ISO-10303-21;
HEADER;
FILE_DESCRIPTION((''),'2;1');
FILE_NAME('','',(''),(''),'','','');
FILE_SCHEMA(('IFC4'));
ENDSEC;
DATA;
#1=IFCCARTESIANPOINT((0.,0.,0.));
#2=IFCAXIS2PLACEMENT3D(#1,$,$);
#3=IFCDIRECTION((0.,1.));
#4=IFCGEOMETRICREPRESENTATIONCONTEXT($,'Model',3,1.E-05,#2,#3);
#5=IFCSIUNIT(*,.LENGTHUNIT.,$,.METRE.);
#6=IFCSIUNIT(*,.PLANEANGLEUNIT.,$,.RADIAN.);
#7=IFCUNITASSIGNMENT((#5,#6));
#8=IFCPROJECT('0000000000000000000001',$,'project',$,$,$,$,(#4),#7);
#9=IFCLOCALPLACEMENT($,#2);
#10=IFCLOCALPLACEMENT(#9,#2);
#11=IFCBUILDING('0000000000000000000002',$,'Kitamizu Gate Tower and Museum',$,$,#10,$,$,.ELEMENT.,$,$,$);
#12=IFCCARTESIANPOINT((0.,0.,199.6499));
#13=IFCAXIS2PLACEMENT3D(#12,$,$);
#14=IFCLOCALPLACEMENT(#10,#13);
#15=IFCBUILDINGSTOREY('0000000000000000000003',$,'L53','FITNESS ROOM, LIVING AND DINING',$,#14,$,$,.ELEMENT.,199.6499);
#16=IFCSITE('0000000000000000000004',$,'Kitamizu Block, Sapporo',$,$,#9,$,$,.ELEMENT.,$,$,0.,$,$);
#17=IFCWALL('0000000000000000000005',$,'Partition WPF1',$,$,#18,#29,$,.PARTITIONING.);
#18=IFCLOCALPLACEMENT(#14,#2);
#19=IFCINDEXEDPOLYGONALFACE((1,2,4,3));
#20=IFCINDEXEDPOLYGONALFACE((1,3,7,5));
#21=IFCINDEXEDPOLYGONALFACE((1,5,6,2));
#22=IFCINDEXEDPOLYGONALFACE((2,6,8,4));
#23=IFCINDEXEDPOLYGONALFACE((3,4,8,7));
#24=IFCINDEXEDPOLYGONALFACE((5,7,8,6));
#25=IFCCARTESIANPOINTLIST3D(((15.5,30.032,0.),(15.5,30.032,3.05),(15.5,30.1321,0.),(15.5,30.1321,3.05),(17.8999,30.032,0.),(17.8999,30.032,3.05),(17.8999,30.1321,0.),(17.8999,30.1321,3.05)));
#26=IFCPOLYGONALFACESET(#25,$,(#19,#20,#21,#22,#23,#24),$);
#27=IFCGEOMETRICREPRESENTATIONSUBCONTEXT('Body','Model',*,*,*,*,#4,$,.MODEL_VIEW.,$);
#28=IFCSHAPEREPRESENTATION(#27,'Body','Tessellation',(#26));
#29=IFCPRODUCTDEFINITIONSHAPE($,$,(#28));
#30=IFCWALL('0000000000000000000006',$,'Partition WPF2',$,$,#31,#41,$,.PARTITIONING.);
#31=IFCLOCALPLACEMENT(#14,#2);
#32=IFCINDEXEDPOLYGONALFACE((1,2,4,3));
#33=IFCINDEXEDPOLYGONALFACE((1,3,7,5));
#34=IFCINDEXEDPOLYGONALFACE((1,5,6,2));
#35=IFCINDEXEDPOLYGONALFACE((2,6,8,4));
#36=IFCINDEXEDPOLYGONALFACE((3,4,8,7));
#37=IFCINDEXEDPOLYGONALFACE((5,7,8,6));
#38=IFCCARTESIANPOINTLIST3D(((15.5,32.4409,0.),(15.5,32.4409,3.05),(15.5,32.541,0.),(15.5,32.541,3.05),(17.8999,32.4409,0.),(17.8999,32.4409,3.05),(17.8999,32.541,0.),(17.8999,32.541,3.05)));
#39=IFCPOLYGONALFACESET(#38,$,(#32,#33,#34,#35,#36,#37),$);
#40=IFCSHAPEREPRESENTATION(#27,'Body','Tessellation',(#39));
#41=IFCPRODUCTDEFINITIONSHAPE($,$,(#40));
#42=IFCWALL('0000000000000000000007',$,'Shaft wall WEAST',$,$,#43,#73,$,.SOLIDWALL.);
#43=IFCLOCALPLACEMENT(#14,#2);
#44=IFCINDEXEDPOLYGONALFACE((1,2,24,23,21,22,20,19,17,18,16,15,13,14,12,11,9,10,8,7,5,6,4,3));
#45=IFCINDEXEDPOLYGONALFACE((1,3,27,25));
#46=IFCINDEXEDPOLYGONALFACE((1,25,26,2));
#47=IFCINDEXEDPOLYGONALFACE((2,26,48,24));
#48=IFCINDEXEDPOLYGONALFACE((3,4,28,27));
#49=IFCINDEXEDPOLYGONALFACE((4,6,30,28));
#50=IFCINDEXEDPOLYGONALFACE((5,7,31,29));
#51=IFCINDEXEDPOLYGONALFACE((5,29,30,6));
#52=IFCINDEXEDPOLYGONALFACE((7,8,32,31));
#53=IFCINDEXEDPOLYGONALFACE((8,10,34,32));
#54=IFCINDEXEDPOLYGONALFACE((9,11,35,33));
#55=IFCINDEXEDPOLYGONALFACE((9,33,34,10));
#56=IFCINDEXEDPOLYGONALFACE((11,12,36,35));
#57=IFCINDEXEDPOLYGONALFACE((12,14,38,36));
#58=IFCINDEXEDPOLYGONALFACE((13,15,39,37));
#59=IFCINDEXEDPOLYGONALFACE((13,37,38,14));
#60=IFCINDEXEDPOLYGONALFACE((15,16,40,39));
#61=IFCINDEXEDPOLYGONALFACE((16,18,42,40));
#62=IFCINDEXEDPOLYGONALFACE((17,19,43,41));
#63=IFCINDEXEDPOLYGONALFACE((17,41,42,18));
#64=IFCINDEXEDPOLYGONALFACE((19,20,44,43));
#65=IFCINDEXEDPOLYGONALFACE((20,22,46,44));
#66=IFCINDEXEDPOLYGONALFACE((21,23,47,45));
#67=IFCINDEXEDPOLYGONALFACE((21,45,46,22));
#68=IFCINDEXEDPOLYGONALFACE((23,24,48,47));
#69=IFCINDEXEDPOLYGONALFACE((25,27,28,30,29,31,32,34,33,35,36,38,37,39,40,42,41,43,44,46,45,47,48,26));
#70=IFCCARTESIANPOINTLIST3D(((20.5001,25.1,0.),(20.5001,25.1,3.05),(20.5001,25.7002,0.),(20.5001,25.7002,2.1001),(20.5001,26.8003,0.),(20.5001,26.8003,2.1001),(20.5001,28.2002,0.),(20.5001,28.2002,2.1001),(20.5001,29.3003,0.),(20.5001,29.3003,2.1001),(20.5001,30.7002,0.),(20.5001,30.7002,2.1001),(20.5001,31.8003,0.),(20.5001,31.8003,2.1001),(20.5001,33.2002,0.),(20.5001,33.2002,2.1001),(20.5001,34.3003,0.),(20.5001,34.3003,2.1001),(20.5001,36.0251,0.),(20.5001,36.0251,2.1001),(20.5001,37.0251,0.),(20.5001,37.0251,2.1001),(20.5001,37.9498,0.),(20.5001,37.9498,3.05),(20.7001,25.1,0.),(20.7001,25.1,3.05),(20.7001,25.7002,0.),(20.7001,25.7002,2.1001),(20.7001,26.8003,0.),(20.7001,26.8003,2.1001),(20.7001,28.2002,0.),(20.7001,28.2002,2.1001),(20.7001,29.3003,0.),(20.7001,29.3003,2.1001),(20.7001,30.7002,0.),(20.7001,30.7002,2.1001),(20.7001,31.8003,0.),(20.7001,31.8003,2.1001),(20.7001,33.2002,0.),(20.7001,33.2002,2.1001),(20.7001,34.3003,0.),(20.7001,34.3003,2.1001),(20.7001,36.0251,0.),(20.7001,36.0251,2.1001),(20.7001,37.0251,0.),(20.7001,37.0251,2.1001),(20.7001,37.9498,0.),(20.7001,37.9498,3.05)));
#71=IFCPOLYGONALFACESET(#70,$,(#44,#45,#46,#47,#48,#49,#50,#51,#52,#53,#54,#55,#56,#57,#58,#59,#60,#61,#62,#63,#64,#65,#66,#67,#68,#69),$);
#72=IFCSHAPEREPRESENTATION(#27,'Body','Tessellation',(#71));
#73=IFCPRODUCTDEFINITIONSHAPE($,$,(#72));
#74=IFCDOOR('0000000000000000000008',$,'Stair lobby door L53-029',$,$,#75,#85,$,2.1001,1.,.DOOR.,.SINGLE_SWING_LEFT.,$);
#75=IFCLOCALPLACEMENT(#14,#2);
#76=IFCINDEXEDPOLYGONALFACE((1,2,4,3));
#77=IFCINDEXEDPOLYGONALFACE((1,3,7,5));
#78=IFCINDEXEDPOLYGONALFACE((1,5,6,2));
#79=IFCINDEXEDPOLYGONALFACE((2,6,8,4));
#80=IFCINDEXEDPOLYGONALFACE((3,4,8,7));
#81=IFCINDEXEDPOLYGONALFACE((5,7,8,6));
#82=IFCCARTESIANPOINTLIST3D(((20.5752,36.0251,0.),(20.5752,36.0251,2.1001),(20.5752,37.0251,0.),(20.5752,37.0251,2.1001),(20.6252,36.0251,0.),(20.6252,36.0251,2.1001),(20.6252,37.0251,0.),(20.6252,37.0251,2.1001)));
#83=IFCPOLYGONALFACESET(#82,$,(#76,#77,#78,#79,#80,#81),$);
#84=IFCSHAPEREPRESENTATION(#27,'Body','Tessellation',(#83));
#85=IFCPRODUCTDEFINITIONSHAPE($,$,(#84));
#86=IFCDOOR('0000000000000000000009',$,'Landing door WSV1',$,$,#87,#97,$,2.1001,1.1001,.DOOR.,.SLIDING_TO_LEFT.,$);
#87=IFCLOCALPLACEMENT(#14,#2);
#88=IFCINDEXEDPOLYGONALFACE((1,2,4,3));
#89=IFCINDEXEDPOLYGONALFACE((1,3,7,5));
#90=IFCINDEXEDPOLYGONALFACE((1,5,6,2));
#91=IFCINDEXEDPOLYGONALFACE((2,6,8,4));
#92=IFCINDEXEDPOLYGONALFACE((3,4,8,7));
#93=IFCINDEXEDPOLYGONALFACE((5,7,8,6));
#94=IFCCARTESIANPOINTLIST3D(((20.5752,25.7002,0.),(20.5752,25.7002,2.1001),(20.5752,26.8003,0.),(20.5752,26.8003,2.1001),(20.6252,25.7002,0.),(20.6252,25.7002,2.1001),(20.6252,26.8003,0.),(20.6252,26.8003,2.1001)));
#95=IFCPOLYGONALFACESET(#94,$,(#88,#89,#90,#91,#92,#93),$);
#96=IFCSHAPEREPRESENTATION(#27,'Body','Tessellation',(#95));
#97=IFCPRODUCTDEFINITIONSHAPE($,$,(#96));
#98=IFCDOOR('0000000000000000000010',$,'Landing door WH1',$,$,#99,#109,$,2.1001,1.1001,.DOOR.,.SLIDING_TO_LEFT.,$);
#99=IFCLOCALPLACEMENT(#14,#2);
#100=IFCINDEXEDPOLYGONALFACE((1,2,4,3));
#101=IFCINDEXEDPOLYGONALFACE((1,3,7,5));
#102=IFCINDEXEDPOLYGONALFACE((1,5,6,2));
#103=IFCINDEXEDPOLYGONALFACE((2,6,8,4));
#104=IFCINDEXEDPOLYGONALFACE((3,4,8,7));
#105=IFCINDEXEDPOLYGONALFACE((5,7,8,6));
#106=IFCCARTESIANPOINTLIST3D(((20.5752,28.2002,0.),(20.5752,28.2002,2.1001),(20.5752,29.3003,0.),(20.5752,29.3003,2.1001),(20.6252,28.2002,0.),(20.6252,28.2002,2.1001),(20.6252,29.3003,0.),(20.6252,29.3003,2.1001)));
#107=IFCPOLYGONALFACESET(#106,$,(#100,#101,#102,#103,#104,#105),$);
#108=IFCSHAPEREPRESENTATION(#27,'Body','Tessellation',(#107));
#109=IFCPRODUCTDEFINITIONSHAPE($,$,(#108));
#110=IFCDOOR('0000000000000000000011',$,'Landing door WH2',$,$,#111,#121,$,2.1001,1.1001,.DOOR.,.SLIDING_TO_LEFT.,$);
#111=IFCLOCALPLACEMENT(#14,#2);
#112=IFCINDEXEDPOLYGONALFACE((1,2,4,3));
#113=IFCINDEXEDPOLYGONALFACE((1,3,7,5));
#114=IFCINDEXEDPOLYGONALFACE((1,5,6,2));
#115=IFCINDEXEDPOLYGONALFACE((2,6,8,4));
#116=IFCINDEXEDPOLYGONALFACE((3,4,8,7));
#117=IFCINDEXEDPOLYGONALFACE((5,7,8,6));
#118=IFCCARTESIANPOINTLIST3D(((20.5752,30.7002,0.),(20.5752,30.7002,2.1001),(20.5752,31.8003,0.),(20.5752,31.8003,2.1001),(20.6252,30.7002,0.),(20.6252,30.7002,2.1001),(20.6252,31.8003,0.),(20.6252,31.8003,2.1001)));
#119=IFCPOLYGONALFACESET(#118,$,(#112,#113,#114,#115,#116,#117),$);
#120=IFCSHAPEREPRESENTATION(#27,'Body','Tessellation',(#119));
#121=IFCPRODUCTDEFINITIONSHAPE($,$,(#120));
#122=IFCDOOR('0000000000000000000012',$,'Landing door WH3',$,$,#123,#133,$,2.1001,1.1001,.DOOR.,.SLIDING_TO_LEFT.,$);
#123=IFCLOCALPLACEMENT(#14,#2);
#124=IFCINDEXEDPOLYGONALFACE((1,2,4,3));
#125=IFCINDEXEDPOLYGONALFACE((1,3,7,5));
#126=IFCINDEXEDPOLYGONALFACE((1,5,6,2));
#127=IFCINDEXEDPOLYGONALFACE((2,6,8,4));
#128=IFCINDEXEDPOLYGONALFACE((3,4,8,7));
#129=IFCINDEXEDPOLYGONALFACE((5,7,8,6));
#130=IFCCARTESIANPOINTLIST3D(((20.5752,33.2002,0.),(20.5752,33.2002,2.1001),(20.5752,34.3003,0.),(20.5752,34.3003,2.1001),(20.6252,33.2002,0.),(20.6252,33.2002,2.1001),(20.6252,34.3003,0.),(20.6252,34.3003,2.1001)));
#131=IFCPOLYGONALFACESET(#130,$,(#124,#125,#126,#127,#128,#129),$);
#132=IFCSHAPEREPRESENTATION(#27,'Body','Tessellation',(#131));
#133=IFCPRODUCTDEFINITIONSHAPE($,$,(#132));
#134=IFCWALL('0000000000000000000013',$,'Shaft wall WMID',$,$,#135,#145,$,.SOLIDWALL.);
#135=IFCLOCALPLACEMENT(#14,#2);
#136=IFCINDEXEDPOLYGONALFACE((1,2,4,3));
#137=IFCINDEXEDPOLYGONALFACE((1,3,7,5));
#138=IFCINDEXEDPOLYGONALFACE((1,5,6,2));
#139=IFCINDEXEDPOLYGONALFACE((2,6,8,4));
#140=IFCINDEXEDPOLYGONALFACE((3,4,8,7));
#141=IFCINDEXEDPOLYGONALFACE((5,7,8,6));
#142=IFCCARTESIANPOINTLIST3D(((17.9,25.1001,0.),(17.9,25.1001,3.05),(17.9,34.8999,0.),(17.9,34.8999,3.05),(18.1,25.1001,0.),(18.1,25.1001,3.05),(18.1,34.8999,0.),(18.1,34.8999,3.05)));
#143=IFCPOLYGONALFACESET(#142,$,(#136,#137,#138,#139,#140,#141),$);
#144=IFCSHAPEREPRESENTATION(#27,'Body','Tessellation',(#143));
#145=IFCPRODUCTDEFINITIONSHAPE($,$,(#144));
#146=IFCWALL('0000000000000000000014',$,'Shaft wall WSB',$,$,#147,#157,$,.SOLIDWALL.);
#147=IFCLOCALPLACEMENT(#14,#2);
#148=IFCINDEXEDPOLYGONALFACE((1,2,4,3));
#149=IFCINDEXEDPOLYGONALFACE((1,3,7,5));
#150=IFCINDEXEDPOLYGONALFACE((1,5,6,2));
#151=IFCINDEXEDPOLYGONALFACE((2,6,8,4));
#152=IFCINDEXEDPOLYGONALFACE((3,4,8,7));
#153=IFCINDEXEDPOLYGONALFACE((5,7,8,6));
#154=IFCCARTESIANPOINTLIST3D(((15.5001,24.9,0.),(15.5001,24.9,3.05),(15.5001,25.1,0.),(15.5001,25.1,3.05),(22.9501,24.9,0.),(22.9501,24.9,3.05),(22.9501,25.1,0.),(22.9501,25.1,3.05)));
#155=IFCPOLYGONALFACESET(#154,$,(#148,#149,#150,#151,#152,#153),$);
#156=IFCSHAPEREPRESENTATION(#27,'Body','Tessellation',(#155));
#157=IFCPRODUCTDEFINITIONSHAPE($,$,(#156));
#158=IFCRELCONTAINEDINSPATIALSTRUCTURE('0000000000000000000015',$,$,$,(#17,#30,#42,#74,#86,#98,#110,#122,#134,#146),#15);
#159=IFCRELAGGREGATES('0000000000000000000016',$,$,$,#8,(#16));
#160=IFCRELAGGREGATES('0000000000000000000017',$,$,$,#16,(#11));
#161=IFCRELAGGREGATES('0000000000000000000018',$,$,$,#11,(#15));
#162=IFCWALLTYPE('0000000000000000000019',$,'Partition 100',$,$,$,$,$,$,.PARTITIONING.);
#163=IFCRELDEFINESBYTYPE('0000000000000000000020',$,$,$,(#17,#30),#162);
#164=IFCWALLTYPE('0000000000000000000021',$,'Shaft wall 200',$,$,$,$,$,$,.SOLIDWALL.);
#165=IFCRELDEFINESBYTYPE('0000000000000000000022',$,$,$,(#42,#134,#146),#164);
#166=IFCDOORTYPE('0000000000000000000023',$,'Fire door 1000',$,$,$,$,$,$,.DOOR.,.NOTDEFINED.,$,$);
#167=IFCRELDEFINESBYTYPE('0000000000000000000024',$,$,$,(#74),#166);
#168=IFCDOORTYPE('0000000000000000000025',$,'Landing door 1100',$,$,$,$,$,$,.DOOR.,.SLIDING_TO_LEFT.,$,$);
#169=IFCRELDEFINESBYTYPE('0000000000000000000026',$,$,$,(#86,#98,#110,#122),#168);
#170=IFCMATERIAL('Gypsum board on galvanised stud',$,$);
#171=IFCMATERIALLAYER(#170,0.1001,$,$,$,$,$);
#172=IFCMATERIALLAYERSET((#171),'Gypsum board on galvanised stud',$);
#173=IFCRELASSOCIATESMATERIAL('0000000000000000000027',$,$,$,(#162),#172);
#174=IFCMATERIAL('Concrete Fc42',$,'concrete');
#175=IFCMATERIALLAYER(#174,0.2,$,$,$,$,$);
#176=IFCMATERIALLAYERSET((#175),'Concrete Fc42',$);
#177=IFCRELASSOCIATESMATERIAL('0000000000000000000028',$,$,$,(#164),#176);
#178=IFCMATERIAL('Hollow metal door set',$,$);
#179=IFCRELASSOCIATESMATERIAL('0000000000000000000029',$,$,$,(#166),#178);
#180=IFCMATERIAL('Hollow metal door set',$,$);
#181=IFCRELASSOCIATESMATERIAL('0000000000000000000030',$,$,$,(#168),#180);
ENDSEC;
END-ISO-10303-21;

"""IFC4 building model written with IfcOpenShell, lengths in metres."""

from ifc_helpers import new_model, si_unit, direction, frame, frame_2d, origin, place, context, subcontext, project, spatial, rectangle, extrude, material, layer, layer_set, type_object, element, fill, save


model = new_model("IFC4")

# Units and contexts
model_context = context("Model", 3, precision=1e-05, world=origin(), true_north=direction((0.0, 1.0)))
body_context = subcontext(model_context, "Body", "Model", "MODEL_VIEW")
ifc_project = project(units=[si_unit("LENGTHUNIT", "METRE"), si_unit("PLANEANGLEUNIT", "RADIAN")], contexts=[model_context])

# Site, building, storey
site_placement = place(None, origin())
site = spatial("IfcSite", under=ifc_project, at=site_placement, Name="Kitamizu Block, Sapporo", CompositionType="ELEMENT", RefElevation=0.0)
building_placement = place(site_placement, origin())
building = spatial("IfcBuilding", under=site, at=building_placement, Name="Kitamizu Gate Tower and Museum", CompositionType="ELEMENT")
storey_placement = place(building_placement, frame((0.0, 0.0, 199.6499)))
storey = spatial("IfcBuildingStorey", under=building, at=storey_placement, Name="L53", Description="FITNESS ROOM, LIVING AND DINING", CompositionType="ELEMENT", Elevation=199.6499)

# Walls
ifc_material_1 = material(Name="Gypsum board on galvanised stud")
ifc_layer_1 = layer(ifc_material_1, 0.1001)
ifc_layer_set_1 = layer_set([ifc_layer_1], Name="Gypsum board on galvanised stud")
wall_type_1 = type_object("IfcWallType", Name="Partition 100", PredefinedType="PARTITIONING", material=ifc_layer_set_1)
for number, where, z_axis, x_axis, name in (
    (1, (15.5, 30.082, 0.0), (0.0, 0.0, 1.0), (1.0, 0.0, 0.0), "Partition WPF1"),
    (2, (15.5, 32.491, 0.0), (0.0, 0.0, 1.0), (1.0, 0.0, 0.0), "Partition WPF2"),
):
    element("IfcWall", number, at=place(storey_placement, frame(where, z_axis=z_axis, x_axis=x_axis)), inside=storey, type_object=wall_type_1, Name=name, PredefinedType="PARTITIONING", context=body_context, shape_type="SweptSolid", body=[
        extrude(rectangle(XDim=2.3999, YDim=0.1001, at=frame_2d((1.2, 0.0))), origin(), (0.0, 0.0, 1.0), 3.05),
    ])

# Wall, openings, doors
ifc_material_2 = material(Name="Concrete Fc42", Category="concrete")
ifc_layer_2 = layer(ifc_material_2, 0.2)
ifc_layer_set_2 = layer_set([ifc_layer_2], Name="Concrete Fc42")
wall_type_2 = type_object("IfcWallType", Name="Shaft wall 200", PredefinedType="SOLIDWALL", material=ifc_layer_set_2)
wall_1_placement = place(storey_placement, frame((20.6001, 25.1001, 0.0), z_axis=(0.0, 0.0, 1.0), x_axis=(0.0, 1.0, 0.0)))
wall_1 = element("IfcWall", 3, at=wall_1_placement, inside=storey, type_object=wall_type_2, Name="Shaft wall WEAST", PredefinedType="SOLIDWALL", context=body_context, shape_type="SweptSolid", body=[
    extrude(rectangle(XDim=12.8499, YDim=0.2, at=frame_2d((6.4248, 0.0))), origin(), (0.0, 0.0, 1.0), 3.05),
])
opening_1_placement = place(wall_1_placement, frame((0.6001, 0.0, 0.0)))
opening_1 = element("IfcOpeningElement", 4, at=opening_1_placement, cuts=wall_1, PredefinedType="OPENING", context=body_context, shape_type="SweptSolid", body=[
    extrude(rectangle(XDim=1.1001, YDim=2.1001, at=frame_2d((0.55, 1.05))), frame((0.0, 0.1099, 0.0), z_axis=(0.0, -1.0, 0.0), x_axis=(1.0, 0.0, 0.0)), (0.0, 0.0, 1.0), 0.22),
])
opening_2_placement = place(wall_1_placement, frame((3.1001, 0.0, 0.0)))
opening_2 = element("IfcOpeningElement", 5, at=opening_2_placement, cuts=wall_1, PredefinedType="OPENING", context=body_context, shape_type="SweptSolid", body=[
    extrude(rectangle(XDim=1.1001, YDim=2.1001, at=frame_2d((0.55, 1.05))), frame((0.0, 0.1099, 0.0), z_axis=(0.0, -1.0, 0.0), x_axis=(1.0, 0.0, 0.0)), (0.0, 0.0, 1.0), 0.22),
])
opening_3_placement = place(wall_1_placement, frame((5.6001, 0.0, 0.0)))
opening_3 = element("IfcOpeningElement", 6, at=opening_3_placement, cuts=wall_1, PredefinedType="OPENING", context=body_context, shape_type="SweptSolid", body=[
    extrude(rectangle(XDim=1.1001, YDim=2.1001, at=frame_2d((0.55, 1.05))), frame((0.0, 0.1099, 0.0), z_axis=(0.0, -1.0, 0.0), x_axis=(1.0, 0.0, 0.0)), (0.0, 0.0, 1.0), 0.22),
])
opening_4_placement = place(wall_1_placement, frame((8.1001, 0.0, 0.0)))
opening_4 = element("IfcOpeningElement", 7, at=opening_4_placement, cuts=wall_1, PredefinedType="OPENING", context=body_context, shape_type="SweptSolid", body=[
    extrude(rectangle(XDim=1.1001, YDim=2.1001, at=frame_2d((0.55, 1.05))), frame((0.0, 0.1099, 0.0), z_axis=(0.0, -1.0, 0.0), x_axis=(1.0, 0.0, 0.0)), (0.0, 0.0, 1.0), 0.22),
])
opening_5_placement = place(wall_1_placement, frame((10.925, 0.0, 0.0)))
opening_5 = element("IfcOpeningElement", 8, at=opening_5_placement, cuts=wall_1, PredefinedType="OPENING", context=body_context, shape_type="SweptSolid", body=[
    extrude(rectangle(XDim=1.0, YDim=2.1001, at=frame_2d((0.5, 1.05))), frame((0.0, 0.1099, 0.0), z_axis=(0.0, -1.0, 0.0), x_axis=(1.0, 0.0, 0.0)), (0.0, 0.0, 1.0), 0.22),
])
ifc_material_3 = material(Name="Hollow metal door set")
door_type_1 = type_object("IfcDoorType", Name="Fire door 1000", OperationType="NOTDEFINED", PredefinedType="DOOR", material=ifc_material_3)
door_1_placement = place(opening_5_placement, origin())
door_1 = element("IfcDoor", 9, at=door_1_placement, inside=storey, type_object=door_type_1, Name="Stair lobby door L53-029", OperationType="SINGLE_SWING_LEFT", OverallHeight=2.1001, OverallWidth=1.0, PredefinedType="DOOR", context=body_context, shape_type="SweptSolid", body=[
    extrude(rectangle(XDim=1.0, YDim=2.1001, at=frame_2d((0.5, 1.05))), frame((0.0, 0.0249, 0.0), z_axis=(0.0, -1.0, 0.0), x_axis=(1.0, 0.0, 0.0)), (0.0, 0.0, 1.0), 0.05),
])
fill(opening_5, door_1)
ifc_material_4 = material(Name="Hollow metal door set")
door_type_2 = type_object("IfcDoorType", Name="Landing door 1100", OperationType="SLIDING_TO_LEFT", PredefinedType="DOOR", material=ifc_material_4)
door_2_placement = place(opening_1_placement, origin())
door_2 = element("IfcDoor", 10, at=door_2_placement, inside=storey, type_object=door_type_2, Name="Landing door WSV1", OperationType="SLIDING_TO_LEFT", OverallHeight=2.1001, OverallWidth=1.1001, PredefinedType="DOOR", context=body_context, shape_type="SweptSolid", body=[
    extrude(rectangle(XDim=1.1001, YDim=2.1001, at=frame_2d((0.55, 1.05))), frame((0.0, 0.0249, 0.0), z_axis=(0.0, -1.0, 0.0), x_axis=(1.0, 0.0, 0.0)), (0.0, 0.0, 1.0), 0.05),
])
fill(opening_1, door_2)
door_3_placement = place(opening_2_placement, origin())
door_3 = element("IfcDoor", 11, at=door_3_placement, inside=storey, type_object=door_type_2, Name="Landing door WH1", OperationType="SLIDING_TO_LEFT", OverallHeight=2.1001, OverallWidth=1.1001, PredefinedType="DOOR", context=body_context, shape_type="SweptSolid", body=[
    extrude(rectangle(XDim=1.1001, YDim=2.1001, at=frame_2d((0.55, 1.05))), frame((0.0, 0.0249, 0.0), z_axis=(0.0, -1.0, 0.0), x_axis=(1.0, 0.0, 0.0)), (0.0, 0.0, 1.0), 0.05),
])
fill(opening_2, door_3)
door_4_placement = place(opening_3_placement, origin())
door_4 = element("IfcDoor", 12, at=door_4_placement, inside=storey, type_object=door_type_2, Name="Landing door WH2", OperationType="SLIDING_TO_LEFT", OverallHeight=2.1001, OverallWidth=1.1001, PredefinedType="DOOR", context=body_context, shape_type="SweptSolid", body=[
    extrude(rectangle(XDim=1.1001, YDim=2.1001, at=frame_2d((0.55, 1.05))), frame((0.0, 0.0249, 0.0), z_axis=(0.0, -1.0, 0.0), x_axis=(1.0, 0.0, 0.0)), (0.0, 0.0, 1.0), 0.05),
])
fill(opening_3, door_4)
door_5_placement = place(opening_4_placement, origin())
door_5 = element("IfcDoor", 13, at=door_5_placement, inside=storey, type_object=door_type_2, Name="Landing door WH3", OperationType="SLIDING_TO_LEFT", OverallHeight=2.1001, OverallWidth=1.1001, PredefinedType="DOOR", context=body_context, shape_type="SweptSolid", body=[
    extrude(rectangle(XDim=1.1001, YDim=2.1001, at=frame_2d((0.55, 1.05))), frame((0.0, 0.0249, 0.0), z_axis=(0.0, -1.0, 0.0), x_axis=(1.0, 0.0, 0.0)), (0.0, 0.0, 1.0), 0.05),
])
fill(opening_4, door_5)

# Walls
wall_2_placement = place(storey_placement, frame((18.0, 25.1001, 0.0), z_axis=(0.0, 0.0, 1.0), x_axis=(0.0, 1.0, 0.0)))
element("IfcWall", 14, at=wall_2_placement, inside=storey, type_object=wall_type_2, Name="Shaft wall WMID", PredefinedType="SOLIDWALL", context=body_context, shape_type="SweptSolid", body=[
    extrude(rectangle(XDim=9.7998, YDim=0.2, at=frame_2d((4.8999, 0.0))), origin(), (0.0, 0.0, 1.0), 3.05),
])
wall_3_placement = place(storey_placement, frame((15.5, 25.0, 0.0), z_axis=(0.0, 0.0, 1.0), x_axis=(1.0, 0.0, 0.0)))
element("IfcWall", 15, at=wall_3_placement, inside=storey, type_object=wall_type_2, Name="Shaft wall WSB", PredefinedType="SOLIDWALL", context=body_context, shape_type="SweptSolid", body=[
    extrude(rectangle(XDim=7.45, YDim=0.2, at=frame_2d((3.7251, 0.0))), origin(), (0.0, 0.0, 1.0), 3.05),
])

save(model, "model.ifc")
